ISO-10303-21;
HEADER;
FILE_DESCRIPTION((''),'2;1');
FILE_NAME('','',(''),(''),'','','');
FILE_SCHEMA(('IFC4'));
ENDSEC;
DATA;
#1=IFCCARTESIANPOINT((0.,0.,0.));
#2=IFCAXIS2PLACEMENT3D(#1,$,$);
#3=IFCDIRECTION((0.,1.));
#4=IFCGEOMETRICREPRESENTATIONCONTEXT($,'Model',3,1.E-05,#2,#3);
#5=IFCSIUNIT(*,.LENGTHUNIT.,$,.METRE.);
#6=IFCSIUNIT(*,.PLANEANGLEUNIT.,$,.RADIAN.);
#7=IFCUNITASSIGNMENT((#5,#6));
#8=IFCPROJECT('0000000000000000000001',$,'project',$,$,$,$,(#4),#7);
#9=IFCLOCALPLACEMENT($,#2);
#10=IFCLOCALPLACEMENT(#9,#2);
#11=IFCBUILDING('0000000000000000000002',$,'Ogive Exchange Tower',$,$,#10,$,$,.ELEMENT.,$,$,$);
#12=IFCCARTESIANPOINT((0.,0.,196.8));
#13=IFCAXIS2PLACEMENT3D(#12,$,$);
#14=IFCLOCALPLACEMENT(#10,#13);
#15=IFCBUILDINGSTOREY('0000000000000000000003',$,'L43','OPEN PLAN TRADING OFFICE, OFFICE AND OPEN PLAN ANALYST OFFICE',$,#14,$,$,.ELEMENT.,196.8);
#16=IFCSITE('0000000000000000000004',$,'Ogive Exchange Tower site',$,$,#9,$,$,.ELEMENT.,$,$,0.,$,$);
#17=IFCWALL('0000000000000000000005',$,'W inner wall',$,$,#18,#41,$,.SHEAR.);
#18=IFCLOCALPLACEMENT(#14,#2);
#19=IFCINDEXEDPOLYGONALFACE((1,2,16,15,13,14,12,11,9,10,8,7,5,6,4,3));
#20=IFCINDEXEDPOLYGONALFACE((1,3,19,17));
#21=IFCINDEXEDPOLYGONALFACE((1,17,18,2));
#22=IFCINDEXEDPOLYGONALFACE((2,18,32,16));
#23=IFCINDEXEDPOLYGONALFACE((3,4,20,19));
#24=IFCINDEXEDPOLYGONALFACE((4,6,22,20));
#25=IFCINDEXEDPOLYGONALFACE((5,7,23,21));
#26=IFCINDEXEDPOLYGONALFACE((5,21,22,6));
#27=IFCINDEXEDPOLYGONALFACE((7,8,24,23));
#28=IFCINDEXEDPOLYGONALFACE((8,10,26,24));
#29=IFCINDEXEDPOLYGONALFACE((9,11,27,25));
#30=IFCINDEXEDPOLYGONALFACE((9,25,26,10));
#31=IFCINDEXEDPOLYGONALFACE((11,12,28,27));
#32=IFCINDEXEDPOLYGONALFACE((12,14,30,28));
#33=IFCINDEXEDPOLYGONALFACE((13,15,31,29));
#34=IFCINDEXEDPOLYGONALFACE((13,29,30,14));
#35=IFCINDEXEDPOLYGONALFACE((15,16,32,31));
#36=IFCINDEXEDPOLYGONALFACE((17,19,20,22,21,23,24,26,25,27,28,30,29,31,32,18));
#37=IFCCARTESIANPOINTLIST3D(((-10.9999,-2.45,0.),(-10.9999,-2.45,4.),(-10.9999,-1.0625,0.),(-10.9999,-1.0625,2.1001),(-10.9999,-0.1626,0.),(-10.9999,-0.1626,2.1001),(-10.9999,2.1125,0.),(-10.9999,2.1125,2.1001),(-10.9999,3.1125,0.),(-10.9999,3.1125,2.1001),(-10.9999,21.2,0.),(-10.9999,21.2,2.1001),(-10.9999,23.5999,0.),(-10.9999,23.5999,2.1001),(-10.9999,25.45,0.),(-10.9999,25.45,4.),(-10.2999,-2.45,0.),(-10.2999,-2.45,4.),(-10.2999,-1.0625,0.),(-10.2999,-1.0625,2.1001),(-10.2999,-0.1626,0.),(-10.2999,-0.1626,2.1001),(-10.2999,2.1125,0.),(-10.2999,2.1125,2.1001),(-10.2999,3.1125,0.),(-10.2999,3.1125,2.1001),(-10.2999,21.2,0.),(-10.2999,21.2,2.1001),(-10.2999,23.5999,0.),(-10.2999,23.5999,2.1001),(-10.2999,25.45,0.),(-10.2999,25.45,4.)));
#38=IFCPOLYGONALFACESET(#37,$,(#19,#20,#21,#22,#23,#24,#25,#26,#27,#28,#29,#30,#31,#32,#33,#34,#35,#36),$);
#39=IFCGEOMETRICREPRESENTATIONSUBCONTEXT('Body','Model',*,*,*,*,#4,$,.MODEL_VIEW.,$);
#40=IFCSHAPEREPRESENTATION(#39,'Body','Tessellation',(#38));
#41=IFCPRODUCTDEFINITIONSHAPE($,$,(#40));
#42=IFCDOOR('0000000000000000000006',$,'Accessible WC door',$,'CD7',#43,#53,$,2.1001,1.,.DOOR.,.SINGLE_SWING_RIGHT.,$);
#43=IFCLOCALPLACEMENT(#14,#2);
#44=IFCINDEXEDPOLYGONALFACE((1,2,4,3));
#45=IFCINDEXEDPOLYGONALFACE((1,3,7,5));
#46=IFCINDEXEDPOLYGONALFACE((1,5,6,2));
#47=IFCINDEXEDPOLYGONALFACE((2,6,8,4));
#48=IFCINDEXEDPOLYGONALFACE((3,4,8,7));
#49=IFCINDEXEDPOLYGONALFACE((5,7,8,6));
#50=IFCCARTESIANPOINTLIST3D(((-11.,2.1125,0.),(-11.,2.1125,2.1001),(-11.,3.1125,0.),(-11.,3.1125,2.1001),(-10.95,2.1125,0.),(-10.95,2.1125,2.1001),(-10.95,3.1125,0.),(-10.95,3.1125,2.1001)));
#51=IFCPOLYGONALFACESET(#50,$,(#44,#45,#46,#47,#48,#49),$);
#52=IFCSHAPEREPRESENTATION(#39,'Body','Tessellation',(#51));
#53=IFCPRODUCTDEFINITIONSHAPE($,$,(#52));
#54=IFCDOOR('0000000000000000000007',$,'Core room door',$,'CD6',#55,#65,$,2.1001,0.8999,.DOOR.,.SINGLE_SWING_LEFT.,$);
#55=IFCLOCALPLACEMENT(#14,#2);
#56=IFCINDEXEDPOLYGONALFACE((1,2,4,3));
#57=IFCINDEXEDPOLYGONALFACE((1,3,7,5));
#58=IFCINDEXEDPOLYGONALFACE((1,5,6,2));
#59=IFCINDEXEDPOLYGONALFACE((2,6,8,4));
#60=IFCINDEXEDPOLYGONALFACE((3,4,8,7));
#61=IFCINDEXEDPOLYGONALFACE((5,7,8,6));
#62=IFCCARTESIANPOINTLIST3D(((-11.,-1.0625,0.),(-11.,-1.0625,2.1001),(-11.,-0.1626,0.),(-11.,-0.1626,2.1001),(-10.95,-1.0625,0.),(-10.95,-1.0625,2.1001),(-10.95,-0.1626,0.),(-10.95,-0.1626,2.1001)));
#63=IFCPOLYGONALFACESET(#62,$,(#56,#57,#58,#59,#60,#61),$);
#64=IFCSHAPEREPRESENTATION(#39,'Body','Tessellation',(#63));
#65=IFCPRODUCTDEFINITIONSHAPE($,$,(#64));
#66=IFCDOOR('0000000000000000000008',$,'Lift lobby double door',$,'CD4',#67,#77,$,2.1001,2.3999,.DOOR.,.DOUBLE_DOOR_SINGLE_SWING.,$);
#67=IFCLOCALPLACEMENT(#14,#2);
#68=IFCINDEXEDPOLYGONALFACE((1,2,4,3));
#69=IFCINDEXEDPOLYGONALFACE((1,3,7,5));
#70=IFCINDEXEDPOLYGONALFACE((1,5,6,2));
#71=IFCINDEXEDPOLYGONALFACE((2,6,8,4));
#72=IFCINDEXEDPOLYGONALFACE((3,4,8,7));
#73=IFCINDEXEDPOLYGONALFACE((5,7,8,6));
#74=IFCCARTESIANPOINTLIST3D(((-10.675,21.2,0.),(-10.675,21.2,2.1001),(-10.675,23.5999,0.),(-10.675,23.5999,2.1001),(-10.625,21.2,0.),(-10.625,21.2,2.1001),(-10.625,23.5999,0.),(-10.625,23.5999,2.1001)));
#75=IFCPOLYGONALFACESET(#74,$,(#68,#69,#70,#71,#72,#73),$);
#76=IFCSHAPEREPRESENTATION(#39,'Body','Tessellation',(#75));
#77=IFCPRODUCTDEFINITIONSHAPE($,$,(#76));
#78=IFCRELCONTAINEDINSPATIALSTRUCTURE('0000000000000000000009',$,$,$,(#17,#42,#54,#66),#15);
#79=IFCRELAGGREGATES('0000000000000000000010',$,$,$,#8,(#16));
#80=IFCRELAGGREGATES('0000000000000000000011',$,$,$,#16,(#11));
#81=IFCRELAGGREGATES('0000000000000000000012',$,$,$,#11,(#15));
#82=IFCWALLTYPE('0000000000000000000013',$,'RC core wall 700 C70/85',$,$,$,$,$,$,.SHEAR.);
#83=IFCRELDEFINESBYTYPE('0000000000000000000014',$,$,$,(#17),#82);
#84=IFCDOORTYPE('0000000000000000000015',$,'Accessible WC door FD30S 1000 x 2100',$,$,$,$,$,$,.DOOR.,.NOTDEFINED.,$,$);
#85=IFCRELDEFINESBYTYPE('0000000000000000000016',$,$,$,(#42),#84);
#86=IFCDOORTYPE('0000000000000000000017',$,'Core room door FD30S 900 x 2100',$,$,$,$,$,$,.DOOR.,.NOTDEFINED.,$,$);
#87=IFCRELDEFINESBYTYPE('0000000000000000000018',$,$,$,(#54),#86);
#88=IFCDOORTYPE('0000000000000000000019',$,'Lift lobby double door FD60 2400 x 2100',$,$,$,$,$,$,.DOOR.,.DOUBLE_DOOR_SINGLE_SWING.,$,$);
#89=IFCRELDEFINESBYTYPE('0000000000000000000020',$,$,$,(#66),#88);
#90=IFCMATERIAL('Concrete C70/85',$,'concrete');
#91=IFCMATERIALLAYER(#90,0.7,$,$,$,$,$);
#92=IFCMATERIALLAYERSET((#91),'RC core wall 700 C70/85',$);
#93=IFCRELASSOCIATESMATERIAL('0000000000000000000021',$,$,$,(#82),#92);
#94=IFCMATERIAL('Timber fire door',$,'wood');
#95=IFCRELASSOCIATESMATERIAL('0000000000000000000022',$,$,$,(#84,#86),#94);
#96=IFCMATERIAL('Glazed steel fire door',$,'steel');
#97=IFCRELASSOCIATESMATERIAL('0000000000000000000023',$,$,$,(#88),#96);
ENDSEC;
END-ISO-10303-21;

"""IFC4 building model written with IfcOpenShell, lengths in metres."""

from ifc_helpers import new_model, si_unit, direction, frame, frame_2d, origin, place, context, subcontext, project, spatial, rectangle, extrude, material, layer, layer_set, type_object, element, fill, save


model = new_model("IFC4")

# Units and contexts
model_context = context("Model", 3, precision=1e-05, world=origin(), true_north=direction((0.0, 1.0)))
body_context = subcontext(model_context, "Body", "Model", "MODEL_VIEW")
ifc_project = project(units=[si_unit("LENGTHUNIT", "METRE"), si_unit("PLANEANGLEUNIT", "RADIAN")], contexts=[model_context])

# Site, building, storey
site_placement = place(None, origin())
site = spatial("IfcSite", under=ifc_project, at=site_placement, Name="Ogive Exchange Tower site", CompositionType="ELEMENT", RefElevation=0.0)
building_placement = place(site_placement, origin())
building = spatial("IfcBuilding", under=site, at=building_placement, Name="Ogive Exchange Tower", CompositionType="ELEMENT")
storey_placement = place(building_placement, frame((0.0, 0.0, 196.8)))
storey = spatial("IfcBuildingStorey", under=building, at=storey_placement, Name="L43", Description="OPEN PLAN TRADING OFFICE, OFFICE AND OPEN PLAN ANALYST OFFICE", CompositionType="ELEMENT", Elevation=196.8)

# Shared definitions
ifc_material_1 = material(Name="Concrete C70/85", Category="concrete")

# Wall, openings, doors
ifc_layer_1 = layer(ifc_material_1, 0.7)
ifc_layer_set_1 = layer_set([ifc_layer_1], Name="RC core wall 700 C70/85")
wall_type_1 = type_object("IfcWallType", Name="RC core wall 700 C70/85", PredefinedType="SHEAR", material=ifc_layer_set_1)
wall_1_placement = place(storey_placement, frame((-10.6499, -2.45, 0.0), z_axis=(0.0, 0.0, 1.0), x_axis=(0.0, 1.0, 0.0)))
wall_1 = element("IfcWall", 1, at=wall_1_placement, inside=storey, type_object=wall_type_1, Name="W inner wall", PredefinedType="SHEAR", context=body_context, shape_type="SweptSolid", body=[
    extrude(rectangle(XDim=27.8999, YDim=0.7, at=frame_2d((13.95, 0.0))), origin(), (0.0, 0.0, 1.0), 4.0),
])
opening_1_placement = place(wall_1_placement, frame((23.6499, 0.0, 0.0)))
opening_1 = element("IfcOpeningElement", 2, at=opening_1_placement, cuts=wall_1, PredefinedType="OPENING", context=body_context, shape_type="SweptSolid", body=[
    extrude(rectangle(XDim=2.3999, YDim=2.1001, at=frame_2d((1.2, 1.05))), frame((0.0, 0.3599, 0.0), z_axis=(0.0, -1.0, 0.0), x_axis=(1.0, 0.0, 0.0)), (0.0, 0.0, 1.0), 0.72),
])
opening_2_placement = place(wall_1_placement, frame((1.3875, 0.0, 0.0)))
opening_2 = element("IfcOpeningElement", 3, at=opening_2_placement, cuts=wall_1, PredefinedType="OPENING", context=body_context, shape_type="SweptSolid", body=[
    extrude(rectangle(XDim=0.8999, YDim=2.1001, at=frame_2d((0.45, 1.05))), frame((0.0, 0.3599, 0.0), z_axis=(0.0, -1.0, 0.0), x_axis=(1.0, 0.0, 0.0)), (0.0, 0.0, 1.0), 0.72),
])
opening_3_placement = place(wall_1_placement, frame((4.5625, 0.0, 0.0)))
opening_3 = element("IfcOpeningElement", 4, at=opening_3_placement, cuts=wall_1, PredefinedType="OPENING", context=body_context, shape_type="SweptSolid", body=[
    extrude(rectangle(XDim=1.0, YDim=2.1001, at=frame_2d((0.5, 1.05))), frame((0.0, 0.3599, 0.0), z_axis=(0.0, -1.0, 0.0), x_axis=(1.0, 0.0, 0.0)), (0.0, 0.0, 1.0), 0.72),
])
ifc_material_2 = material(Name="Timber fire door", Category="wood")
door_type_1 = type_object("IfcDoorType", Name="Accessible WC door FD30S 1000 x 2100", OperationType="NOTDEFINED", PredefinedType="DOOR", material=ifc_material_2)
door_1_placement = place(opening_3_placement, origin())
door_1 = element("IfcDoor", 5, at=door_1_placement, inside=storey, type_object=door_type_1, Name="Accessible WC door", ObjectType="CD7", OperationType="SINGLE_SWING_RIGHT", OverallHeight=2.1001, OverallWidth=1.0, PredefinedType="DOOR", context=body_context, shape_type="SweptSolid", body=[
    extrude(rectangle(XDim=1.0, YDim=2.1001, at=frame_2d((0.5, 1.05))), frame((0.0, 0.3501, 0.0), z_axis=(0.0, -1.0, 0.0), x_axis=(1.0, 0.0, 0.0)), (0.0, 0.0, 1.0), 0.05),
])
fill(opening_3, door_1)
door_type_2 = type_object("IfcDoorType", Name="Core room door FD30S 900 x 2100", OperationType="NOTDEFINED", PredefinedType="DOOR", material=ifc_material_2)
door_2_placement = place(opening_2_placement, origin())
door_2 = element("IfcDoor", 6, at=door_2_placement, inside=storey, type_object=door_type_2, Name="Core room door", ObjectType="CD6", OperationType="SINGLE_SWING_LEFT", OverallHeight=2.1001, OverallWidth=0.8999, PredefinedType="DOOR", context=body_context, shape_type="SweptSolid", body=[
    extrude(rectangle(XDim=0.8999, YDim=2.1001, at=frame_2d((0.45, 1.05))), frame((0.0, 0.3501, 0.0), z_axis=(0.0, -1.0, 0.0), x_axis=(1.0, 0.0, 0.0)), (0.0, 0.0, 1.0), 0.05),
])
fill(opening_2, door_2)
ifc_material_3 = material(Name="Glazed steel fire door", Category="steel")
door_type_3 = type_object("IfcDoorType", Name="Lift lobby double door FD60 2400 x 2100", OperationType="DOUBLE_DOOR_SINGLE_SWING", PredefinedType="DOOR", material=ifc_material_3)
door_3_placement = place(opening_1_placement, frame((2.3999, 0.0, 0.0), z_axis=(0.0, 0.0, 1.0), x_axis=(-1.0, 0.0, 0.0)))
door_3 = element("IfcDoor", 7, at=door_3_placement, inside=storey, type_object=door_type_3, Name="Lift lobby double door", ObjectType="CD4", OperationType="DOUBLE_DOOR_SINGLE_SWING", OverallHeight=2.1001, OverallWidth=2.3999, PredefinedType="DOOR", context=body_context, shape_type="SweptSolid", body=[
    extrude(rectangle(XDim=2.3999, YDim=2.1001, at=frame_2d((1.2, 1.05))), frame((0.0, 0.0249, 0.0), z_axis=(0.0, -1.0, 0.0), x_axis=(1.0, 0.0, 0.0)), (0.0, 0.0, 1.0), 0.05),
])
fill(opening_1, door_3)

save(model, "model.ifc")
